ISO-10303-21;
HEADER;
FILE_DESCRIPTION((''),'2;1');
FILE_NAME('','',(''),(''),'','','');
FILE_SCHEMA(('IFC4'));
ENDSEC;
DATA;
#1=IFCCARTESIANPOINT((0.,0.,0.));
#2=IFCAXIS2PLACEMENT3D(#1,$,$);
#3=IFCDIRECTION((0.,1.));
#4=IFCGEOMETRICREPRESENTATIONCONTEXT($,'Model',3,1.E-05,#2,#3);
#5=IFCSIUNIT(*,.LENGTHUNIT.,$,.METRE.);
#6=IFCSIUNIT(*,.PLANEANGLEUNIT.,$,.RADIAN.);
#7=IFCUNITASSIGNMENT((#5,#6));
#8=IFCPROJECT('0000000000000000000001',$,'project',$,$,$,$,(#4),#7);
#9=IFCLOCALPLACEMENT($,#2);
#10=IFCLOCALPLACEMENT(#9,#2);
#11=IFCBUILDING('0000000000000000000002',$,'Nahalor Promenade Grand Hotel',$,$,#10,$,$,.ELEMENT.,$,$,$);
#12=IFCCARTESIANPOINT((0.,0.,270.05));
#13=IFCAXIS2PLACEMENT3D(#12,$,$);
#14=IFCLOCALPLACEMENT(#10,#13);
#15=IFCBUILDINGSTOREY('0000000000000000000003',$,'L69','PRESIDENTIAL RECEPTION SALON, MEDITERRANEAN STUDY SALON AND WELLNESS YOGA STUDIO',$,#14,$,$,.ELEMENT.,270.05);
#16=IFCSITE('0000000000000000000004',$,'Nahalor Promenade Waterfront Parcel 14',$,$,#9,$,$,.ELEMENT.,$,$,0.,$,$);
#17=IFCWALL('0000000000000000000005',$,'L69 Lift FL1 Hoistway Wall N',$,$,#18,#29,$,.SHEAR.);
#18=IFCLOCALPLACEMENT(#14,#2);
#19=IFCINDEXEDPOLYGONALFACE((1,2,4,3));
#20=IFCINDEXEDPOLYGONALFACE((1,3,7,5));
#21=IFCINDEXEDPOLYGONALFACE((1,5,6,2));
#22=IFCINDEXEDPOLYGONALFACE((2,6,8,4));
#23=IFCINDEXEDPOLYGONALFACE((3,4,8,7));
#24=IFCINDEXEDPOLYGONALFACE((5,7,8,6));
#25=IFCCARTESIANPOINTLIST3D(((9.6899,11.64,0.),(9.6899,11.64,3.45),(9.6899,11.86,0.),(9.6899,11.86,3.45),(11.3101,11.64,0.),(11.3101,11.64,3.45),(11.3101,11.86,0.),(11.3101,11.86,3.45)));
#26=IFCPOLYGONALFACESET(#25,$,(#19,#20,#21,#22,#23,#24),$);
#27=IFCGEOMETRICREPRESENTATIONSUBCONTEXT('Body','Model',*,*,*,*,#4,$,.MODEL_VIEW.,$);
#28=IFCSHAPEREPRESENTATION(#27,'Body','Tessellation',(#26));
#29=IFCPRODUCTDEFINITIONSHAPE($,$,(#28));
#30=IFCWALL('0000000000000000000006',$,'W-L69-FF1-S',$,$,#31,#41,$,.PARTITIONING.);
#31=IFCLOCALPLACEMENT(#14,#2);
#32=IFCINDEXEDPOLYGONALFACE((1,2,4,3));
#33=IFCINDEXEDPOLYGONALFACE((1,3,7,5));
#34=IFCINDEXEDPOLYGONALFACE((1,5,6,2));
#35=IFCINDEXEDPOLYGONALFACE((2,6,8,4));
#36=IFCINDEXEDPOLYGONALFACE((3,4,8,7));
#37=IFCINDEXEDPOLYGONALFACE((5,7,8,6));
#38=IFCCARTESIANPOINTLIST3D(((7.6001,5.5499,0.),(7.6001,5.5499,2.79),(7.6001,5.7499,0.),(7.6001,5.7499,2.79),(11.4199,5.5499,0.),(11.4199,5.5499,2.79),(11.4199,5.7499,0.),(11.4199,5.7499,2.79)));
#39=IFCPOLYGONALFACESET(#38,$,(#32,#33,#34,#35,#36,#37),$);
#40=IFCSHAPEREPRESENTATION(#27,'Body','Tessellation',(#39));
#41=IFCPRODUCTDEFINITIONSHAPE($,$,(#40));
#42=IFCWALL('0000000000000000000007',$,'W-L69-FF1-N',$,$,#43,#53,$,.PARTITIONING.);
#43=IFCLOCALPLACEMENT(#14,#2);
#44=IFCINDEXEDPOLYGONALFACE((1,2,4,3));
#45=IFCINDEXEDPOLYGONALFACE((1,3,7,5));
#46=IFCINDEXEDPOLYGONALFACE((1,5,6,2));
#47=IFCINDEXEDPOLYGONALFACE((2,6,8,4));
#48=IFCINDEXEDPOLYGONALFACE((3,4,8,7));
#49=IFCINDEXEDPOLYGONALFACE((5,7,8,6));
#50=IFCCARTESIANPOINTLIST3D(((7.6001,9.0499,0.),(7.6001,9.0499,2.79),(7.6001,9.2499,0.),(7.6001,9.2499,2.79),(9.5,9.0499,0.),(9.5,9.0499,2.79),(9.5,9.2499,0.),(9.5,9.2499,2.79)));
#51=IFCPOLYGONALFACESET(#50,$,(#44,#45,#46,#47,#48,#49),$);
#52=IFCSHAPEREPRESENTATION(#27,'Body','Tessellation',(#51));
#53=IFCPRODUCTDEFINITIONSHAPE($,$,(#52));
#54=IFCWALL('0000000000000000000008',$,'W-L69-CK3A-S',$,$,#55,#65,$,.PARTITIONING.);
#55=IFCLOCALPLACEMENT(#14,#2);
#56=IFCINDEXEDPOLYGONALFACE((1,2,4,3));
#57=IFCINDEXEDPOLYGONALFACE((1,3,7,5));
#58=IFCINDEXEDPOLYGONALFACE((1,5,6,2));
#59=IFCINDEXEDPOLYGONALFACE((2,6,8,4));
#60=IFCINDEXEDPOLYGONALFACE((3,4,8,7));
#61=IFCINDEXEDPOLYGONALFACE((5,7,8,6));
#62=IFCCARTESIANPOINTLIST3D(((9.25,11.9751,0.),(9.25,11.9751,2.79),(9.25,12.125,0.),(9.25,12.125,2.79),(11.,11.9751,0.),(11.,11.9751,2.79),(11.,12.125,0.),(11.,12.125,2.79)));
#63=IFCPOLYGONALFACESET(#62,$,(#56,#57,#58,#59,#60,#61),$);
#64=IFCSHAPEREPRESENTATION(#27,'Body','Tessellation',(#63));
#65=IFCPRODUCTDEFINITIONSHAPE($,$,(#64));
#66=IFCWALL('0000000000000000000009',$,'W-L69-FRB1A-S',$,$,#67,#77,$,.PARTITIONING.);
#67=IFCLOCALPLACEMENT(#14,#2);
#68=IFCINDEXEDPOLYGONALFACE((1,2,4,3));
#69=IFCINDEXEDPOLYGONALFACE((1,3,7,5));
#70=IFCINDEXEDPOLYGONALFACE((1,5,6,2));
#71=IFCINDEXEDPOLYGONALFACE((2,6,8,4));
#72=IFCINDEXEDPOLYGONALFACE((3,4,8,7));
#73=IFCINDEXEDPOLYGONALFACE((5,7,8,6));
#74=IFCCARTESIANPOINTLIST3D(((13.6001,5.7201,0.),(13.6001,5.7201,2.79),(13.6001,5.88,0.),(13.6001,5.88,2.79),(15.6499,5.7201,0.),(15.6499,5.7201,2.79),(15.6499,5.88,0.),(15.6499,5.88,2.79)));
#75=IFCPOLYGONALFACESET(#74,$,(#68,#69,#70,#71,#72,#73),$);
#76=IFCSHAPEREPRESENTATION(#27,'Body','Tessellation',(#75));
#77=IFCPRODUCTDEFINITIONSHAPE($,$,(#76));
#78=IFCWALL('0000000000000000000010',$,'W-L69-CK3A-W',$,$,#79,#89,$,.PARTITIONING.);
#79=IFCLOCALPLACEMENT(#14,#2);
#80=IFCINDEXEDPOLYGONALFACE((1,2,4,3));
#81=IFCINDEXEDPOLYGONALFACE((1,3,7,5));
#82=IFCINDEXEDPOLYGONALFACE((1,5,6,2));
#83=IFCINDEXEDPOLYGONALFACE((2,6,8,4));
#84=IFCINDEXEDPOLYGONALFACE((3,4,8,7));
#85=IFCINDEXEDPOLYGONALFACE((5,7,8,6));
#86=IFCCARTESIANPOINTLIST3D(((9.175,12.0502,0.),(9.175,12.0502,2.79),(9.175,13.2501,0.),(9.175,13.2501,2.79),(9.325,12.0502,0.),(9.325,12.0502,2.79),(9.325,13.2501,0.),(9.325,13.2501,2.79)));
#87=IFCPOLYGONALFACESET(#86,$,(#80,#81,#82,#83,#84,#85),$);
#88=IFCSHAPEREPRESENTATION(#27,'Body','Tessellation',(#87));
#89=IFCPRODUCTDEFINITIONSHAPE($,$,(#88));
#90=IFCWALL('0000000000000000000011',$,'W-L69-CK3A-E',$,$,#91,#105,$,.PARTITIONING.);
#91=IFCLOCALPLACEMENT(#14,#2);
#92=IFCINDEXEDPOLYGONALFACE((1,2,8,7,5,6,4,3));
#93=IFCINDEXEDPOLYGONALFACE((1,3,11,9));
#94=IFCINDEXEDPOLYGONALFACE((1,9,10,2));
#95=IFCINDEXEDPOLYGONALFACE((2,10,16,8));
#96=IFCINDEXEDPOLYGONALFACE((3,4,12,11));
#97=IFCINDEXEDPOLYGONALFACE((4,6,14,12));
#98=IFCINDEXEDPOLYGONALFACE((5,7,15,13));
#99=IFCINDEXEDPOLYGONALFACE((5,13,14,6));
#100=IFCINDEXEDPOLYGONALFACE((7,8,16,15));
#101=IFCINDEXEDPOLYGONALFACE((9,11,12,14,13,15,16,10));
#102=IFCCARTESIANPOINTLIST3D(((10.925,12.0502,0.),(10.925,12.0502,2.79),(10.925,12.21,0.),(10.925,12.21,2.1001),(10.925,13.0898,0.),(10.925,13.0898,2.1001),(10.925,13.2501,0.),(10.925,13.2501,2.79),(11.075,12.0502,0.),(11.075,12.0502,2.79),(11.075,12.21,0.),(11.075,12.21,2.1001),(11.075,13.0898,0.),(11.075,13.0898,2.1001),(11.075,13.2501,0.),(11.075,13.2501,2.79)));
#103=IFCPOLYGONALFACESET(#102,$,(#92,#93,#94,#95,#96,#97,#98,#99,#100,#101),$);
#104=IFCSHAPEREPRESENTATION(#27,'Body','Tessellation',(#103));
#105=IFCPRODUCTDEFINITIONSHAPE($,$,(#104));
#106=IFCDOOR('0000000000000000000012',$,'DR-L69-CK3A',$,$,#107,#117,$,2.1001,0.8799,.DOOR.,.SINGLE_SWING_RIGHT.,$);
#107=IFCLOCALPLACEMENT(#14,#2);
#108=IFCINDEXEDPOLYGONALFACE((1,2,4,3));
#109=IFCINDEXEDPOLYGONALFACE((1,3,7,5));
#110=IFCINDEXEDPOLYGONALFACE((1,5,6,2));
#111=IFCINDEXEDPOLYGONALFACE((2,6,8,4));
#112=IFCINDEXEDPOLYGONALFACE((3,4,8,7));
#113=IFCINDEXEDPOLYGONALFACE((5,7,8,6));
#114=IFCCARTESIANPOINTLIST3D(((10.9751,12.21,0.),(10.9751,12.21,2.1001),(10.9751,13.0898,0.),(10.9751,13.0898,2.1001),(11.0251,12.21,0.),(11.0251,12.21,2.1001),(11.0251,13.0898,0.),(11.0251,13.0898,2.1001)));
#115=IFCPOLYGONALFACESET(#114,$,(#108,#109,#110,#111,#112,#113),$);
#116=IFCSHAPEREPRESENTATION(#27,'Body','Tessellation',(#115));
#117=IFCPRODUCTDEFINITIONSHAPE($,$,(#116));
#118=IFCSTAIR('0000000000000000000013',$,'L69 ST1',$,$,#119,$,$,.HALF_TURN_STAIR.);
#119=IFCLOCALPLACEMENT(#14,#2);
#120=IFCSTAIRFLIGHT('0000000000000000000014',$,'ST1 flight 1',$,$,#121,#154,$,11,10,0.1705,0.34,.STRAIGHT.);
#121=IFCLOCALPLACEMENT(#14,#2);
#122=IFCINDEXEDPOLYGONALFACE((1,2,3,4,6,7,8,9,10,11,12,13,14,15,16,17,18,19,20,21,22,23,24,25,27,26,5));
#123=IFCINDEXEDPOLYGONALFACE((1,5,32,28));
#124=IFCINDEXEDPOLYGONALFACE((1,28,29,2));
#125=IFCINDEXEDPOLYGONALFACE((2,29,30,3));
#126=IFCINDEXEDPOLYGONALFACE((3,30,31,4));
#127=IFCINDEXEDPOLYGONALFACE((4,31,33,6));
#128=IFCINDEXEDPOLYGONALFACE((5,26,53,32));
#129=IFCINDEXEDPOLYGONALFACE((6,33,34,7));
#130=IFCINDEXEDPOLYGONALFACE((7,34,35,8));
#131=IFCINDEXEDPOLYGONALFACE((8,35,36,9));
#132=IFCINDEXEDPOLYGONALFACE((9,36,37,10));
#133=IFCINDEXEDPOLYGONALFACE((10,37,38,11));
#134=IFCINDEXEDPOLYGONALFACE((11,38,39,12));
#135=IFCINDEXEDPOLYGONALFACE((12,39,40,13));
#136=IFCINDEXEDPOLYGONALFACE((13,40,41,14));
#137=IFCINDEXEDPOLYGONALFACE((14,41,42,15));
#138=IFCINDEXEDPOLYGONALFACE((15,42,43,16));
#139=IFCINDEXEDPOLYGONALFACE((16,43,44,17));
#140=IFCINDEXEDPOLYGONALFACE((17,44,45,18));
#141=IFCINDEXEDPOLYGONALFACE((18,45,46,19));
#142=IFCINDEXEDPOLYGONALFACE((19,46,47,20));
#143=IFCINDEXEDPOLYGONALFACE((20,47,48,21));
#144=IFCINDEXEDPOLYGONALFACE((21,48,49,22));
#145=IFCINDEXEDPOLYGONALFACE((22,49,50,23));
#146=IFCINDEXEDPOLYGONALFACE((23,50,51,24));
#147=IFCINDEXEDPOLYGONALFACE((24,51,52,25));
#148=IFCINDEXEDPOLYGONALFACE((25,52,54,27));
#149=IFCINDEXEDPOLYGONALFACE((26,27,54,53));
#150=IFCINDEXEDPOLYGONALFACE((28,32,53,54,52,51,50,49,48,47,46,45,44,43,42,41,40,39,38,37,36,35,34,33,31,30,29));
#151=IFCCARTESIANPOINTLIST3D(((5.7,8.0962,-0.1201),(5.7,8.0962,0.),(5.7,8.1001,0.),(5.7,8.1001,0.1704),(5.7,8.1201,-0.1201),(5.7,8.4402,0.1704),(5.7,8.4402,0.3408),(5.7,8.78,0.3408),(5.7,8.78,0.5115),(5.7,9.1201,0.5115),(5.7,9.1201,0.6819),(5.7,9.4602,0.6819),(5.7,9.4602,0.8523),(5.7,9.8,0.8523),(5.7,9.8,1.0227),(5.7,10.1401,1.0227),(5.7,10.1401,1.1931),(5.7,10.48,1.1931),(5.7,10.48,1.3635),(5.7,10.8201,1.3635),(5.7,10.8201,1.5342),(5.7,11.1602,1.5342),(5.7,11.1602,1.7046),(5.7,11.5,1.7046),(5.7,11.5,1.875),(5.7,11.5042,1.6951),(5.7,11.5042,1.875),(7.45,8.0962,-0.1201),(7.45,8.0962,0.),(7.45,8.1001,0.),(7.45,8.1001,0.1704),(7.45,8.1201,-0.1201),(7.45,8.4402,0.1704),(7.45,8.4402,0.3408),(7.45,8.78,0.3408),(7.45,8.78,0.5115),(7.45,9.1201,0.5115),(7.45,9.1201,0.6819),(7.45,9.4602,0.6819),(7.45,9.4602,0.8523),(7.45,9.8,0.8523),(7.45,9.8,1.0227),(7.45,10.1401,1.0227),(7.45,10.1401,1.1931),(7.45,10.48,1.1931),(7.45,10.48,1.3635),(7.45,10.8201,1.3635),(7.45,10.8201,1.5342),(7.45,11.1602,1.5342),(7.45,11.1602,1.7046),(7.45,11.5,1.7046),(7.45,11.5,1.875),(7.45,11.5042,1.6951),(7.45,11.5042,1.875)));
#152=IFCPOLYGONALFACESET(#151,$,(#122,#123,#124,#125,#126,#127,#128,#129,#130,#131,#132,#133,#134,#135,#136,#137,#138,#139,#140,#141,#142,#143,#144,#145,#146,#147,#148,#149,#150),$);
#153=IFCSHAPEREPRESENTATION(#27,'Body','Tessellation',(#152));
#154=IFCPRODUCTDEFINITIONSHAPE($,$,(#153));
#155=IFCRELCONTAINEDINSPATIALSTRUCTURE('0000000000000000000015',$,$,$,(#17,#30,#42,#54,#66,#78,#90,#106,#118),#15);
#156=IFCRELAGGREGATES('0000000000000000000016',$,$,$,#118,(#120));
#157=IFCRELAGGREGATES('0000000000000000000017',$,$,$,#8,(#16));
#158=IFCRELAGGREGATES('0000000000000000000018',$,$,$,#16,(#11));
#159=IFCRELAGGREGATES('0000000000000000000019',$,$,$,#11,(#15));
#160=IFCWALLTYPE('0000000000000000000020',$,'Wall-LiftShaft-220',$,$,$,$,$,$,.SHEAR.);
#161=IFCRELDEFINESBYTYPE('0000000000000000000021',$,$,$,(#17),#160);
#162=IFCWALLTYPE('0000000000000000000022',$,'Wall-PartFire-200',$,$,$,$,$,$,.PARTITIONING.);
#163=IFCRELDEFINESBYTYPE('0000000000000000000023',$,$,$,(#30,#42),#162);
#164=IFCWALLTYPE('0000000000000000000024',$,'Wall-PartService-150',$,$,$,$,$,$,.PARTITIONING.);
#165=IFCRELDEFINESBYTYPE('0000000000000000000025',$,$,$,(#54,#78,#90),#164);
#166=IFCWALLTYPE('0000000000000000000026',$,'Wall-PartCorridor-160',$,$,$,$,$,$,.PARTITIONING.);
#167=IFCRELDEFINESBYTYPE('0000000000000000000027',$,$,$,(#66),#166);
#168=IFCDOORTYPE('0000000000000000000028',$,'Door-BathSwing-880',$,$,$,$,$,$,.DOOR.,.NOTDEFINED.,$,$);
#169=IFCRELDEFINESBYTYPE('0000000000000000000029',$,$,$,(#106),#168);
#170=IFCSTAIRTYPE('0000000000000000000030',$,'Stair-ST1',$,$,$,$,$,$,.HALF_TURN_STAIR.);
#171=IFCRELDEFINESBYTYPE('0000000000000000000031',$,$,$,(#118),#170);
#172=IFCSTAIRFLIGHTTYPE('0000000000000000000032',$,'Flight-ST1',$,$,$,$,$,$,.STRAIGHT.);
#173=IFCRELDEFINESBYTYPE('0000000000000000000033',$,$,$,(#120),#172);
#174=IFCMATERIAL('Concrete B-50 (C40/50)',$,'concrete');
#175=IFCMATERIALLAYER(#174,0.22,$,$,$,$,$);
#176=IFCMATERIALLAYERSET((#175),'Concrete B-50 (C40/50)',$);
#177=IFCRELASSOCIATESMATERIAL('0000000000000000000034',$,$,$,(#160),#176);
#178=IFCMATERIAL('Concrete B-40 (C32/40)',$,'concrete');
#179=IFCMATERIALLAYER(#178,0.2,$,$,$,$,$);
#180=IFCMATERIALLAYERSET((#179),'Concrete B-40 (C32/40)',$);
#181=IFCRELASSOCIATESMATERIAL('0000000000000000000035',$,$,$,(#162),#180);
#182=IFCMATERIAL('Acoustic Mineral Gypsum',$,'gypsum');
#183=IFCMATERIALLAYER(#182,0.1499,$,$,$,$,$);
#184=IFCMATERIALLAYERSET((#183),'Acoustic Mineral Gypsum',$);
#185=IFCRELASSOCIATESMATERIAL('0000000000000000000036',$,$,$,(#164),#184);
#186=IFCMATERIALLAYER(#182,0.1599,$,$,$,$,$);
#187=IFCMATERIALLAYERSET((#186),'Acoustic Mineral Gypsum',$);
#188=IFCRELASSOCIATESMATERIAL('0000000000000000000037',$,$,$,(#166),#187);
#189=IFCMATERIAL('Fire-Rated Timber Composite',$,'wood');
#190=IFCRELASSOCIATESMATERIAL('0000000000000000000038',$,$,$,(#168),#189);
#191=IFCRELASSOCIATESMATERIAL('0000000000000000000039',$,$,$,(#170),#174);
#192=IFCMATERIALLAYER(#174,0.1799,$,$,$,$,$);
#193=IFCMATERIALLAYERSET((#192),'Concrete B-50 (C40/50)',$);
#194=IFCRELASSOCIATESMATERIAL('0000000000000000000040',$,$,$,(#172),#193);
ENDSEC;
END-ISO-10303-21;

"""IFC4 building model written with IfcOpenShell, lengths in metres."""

from ifc_helpers import new_model, si_unit, direction, frame, frame_2d, origin, place, context, subcontext, project, spatial, polyline, rectangle, outline, extrude, source, transform, mapped, material, layer, layer_set, type_object, element, fill, aggregate, save


model = new_model("IFC4")

# Units and contexts
model_context = context("Model", 3, precision=1e-05, world=origin(), true_north=direction((0.0, 1.0)))
body_context = subcontext(model_context, "Body", "Model", "MODEL_VIEW")
ifc_project = project(units=[si_unit("LENGTHUNIT", "METRE"), si_unit("PLANEANGLEUNIT", "RADIAN")], contexts=[model_context])

# Site, building, storey
site_placement = place(None, origin())
site = spatial("IfcSite", under=ifc_project, at=site_placement, Name="Nahalor Promenade Waterfront Parcel 14", CompositionType="ELEMENT", RefElevation=0.0)
building_placement = place(site_placement, origin())
building = spatial("IfcBuilding", under=site, at=building_placement, Name="Nahalor Promenade Grand Hotel", CompositionType="ELEMENT")
storey_placement = place(building_placement, frame((0.0, 0.0, 270.05)))
storey = spatial("IfcBuildingStorey", under=building, at=storey_placement, Name="L69", Description="PRESIDENTIAL RECEPTION SALON, MEDITERRANEAN STUDY SALON AND WELLNESS YOGA STUDIO", CompositionType="ELEMENT", Elevation=270.05)

# Shared definitions
ifc_material_1 = material(Name="Concrete B-50 (C40/50)", Category="concrete")

# Shared definitions
ifc_layer_1 = layer(ifc_material_1, 0.22)
ifc_layer_set_1 = layer_set([ifc_layer_1], Name="Concrete B-50 (C40/50)")
wall_type_1 = type_object("IfcWallType", Name="Wall-LiftShaft-220", PredefinedType="SHEAR", material=ifc_layer_set_1)

# Shared definitions
shared_shape_1 = source(origin(), body_context, "Body", "SweptSolid", [
    extrude(rectangle(XDim=1.6201, YDim=0.22, at=frame_2d((0.8101, 0.0))), origin(), (0.0, 0.0, 1.0), 3.45),
])

# Walls
wall_1_placement = place(storey_placement, frame((9.6899, 11.75, 0.0), z_axis=(0.0, 0.0, 1.0), x_axis=(1.0, 0.0, 0.0)))
element("IfcWall", 1, at=wall_1_placement, inside=storey, type_object=wall_type_1, Name="L69 Lift FL1 Hoistway Wall N", PredefinedType="SHEAR", context=body_context, shape_type="MappedRepresentation", body=[
    mapped(shared_shape_1, transform((0.0, 0.0, 0.0), scale=1.0)),
])
ifc_material_2 = material(Name="Concrete B-40 (C32/40)", Category="concrete")
ifc_layer_2 = layer(ifc_material_2, 0.2)
ifc_layer_set_2 = layer_set([ifc_layer_2], Name="Concrete B-40 (C32/40)")
wall_type_2 = type_object("IfcWallType", Name="Wall-PartFire-200", PredefinedType="PARTITIONING", material=ifc_layer_set_2)
shared_shape_2 = source(origin(), body_context, "Body", "SweptSolid", [
    extrude(rectangle(XDim=3.8198, YDim=0.2, at=frame_2d((1.9099, 0.0))), origin(), (0.0, 0.0, 1.0), 2.79),
])
wall_2_placement = place(storey_placement, frame((7.6001, 5.6499, 0.0), z_axis=(0.0, 0.0, 1.0), x_axis=(1.0, 0.0, 0.0)))
element("IfcWall", 2, at=wall_2_placement, inside=storey, type_object=wall_type_2, Name="W-L69-FF1-S", PredefinedType="PARTITIONING", context=body_context, shape_type="MappedRepresentation", body=[
    mapped(shared_shape_2, transform((0.0, 0.0, 0.0), scale=1.0)),
])
shared_shape_3 = source(origin(), body_context, "Body", "SweptSolid", [
    extrude(rectangle(XDim=1.8999, YDim=0.2, at=frame_2d((0.95, 0.0))), origin(), (0.0, 0.0, 1.0), 2.79),
])
wall_3_placement = place(storey_placement, frame((7.6001, 9.1499, 0.0), z_axis=(0.0, 0.0, 1.0), x_axis=(1.0, 0.0, 0.0)))
element("IfcWall", 3, at=wall_3_placement, inside=storey, type_object=wall_type_2, Name="W-L69-FF1-N", PredefinedType="PARTITIONING", context=body_context, shape_type="MappedRepresentation", body=[
    mapped(shared_shape_3, transform((0.0, 0.0, 0.0), scale=1.0)),
])

# Walls
ifc_material_3 = material(Name="Acoustic Mineral Gypsum", Category="gypsum")
ifc_layer_3 = layer(ifc_material_3, 0.1499)
ifc_layer_set_3 = layer_set([ifc_layer_3], Name="Acoustic Mineral Gypsum")
wall_type_3 = type_object("IfcWallType", Name="Wall-PartService-150", PredefinedType="PARTITIONING", material=ifc_layer_set_3)
shared_shape_4 = source(origin(), body_context, "Body", "SweptSolid", [
    extrude(rectangle(XDim=1.75, YDim=0.1499, at=frame_2d((0.875, 0.0))), origin(), (0.0, 0.0, 1.0), 2.79),
])
wall_4_placement = place(storey_placement, frame((9.25, 12.05, 0.0), z_axis=(0.0, 0.0, 1.0), x_axis=(1.0, 0.0, 0.0)))
element("IfcWall", 4, at=wall_4_placement, inside=storey, type_object=wall_type_3, Name="W-L69-CK3A-S", PredefinedType="PARTITIONING", context=body_context, shape_type="MappedRepresentation", body=[
    mapped(shared_shape_4, transform((0.0, 0.0, 0.0), scale=1.0)),
])
ifc_layer_4 = layer(ifc_material_3, 0.1599)
ifc_layer_set_4 = layer_set([ifc_layer_4], Name="Acoustic Mineral Gypsum")
wall_type_4 = type_object("IfcWallType", Name="Wall-PartCorridor-160", PredefinedType="PARTITIONING", material=ifc_layer_set_4)
shared_shape_5 = source(origin(), body_context, "Body", "SweptSolid", [
    extrude(rectangle(XDim=2.0498, YDim=0.1599, at=frame_2d((1.0249, 0.0))), origin(), (0.0, 0.0, 1.0), 2.79),
])
wall_5_placement = place(storey_placement, frame((13.6001, 5.8, 0.0), z_axis=(0.0, 0.0, 1.0), x_axis=(1.0, 0.0, 0.0)))
element("IfcWall", 5, at=wall_5_placement, inside=storey, type_object=wall_type_4, Name="W-L69-FRB1A-S", PredefinedType="PARTITIONING", context=body_context, shape_type="MappedRepresentation", body=[
    mapped(shared_shape_5, transform((0.0, 0.0, 0.0), scale=1.0)),
])
shared_shape_6 = source(origin(), body_context, "Body", "SweptSolid", [
    extrude(rectangle(XDim=1.2, YDim=0.1499, at=frame_2d((0.6001, 0.0))), origin(), (0.0, 0.0, 1.0), 2.79),
])
wall_6_placement = place(storey_placement, frame((9.25, 12.05, 0.0), z_axis=(0.0, 0.0, 1.0), x_axis=(0.0, 1.0, 0.0)))
element("IfcWall", 6, at=wall_6_placement, inside=storey, type_object=wall_type_3, Name="W-L69-CK3A-W", PredefinedType="PARTITIONING", context=body_context, shape_type="MappedRepresentation", body=[
    mapped(shared_shape_6, transform((0.0, 0.0, 0.0), scale=1.0)),
])

# Wall, opening, door
wall_7_placement = place(storey_placement, frame((11.0, 12.05, 0.0), z_axis=(0.0, 0.0, 1.0), x_axis=(0.0, 1.0, 0.0)))
wall_7 = element("IfcWall", 7, at=wall_7_placement, inside=storey, type_object=wall_type_3, Name="W-L69-CK3A-E", PredefinedType="PARTITIONING", context=body_context, shape_type="MappedRepresentation", body=[
    mapped(shared_shape_6, transform((0.0, 0.0, 0.0), scale=1.0)),
])
opening_1_placement = place(wall_7_placement, frame((0.1599, 0.0, 0.0)))
opening_1 = element("IfcOpeningElement", 8, at=opening_1_placement, cuts=wall_7, PredefinedType="OPENING", context=body_context, shape_type="SweptSolid", body=[
    extrude(rectangle(XDim=0.8799, YDim=2.1001, at=frame_2d((0.4399, 1.05))), frame((0.0, 0.085, 0.0), z_axis=(0.0, -1.0, 0.0), x_axis=(1.0, 0.0, 0.0)), (0.0, 0.0, 1.0), 0.1699),
])
ifc_material_4 = material(Name="Fire-Rated Timber Composite", Category="wood")
door_type_1 = type_object("IfcDoorType", Name="Door-BathSwing-880", OperationType="NOTDEFINED", PredefinedType="DOOR", material=ifc_material_4)
shared_shape_7 = source(origin(), body_context, "Body", "SweptSolid", [
    extrude(rectangle(XDim=0.8799, YDim=2.1001, at=frame_2d((0.4399, 1.05))), frame((0.0, 0.0249, 0.0), z_axis=(0.0, -1.0, 0.0), x_axis=(1.0, 0.0, 0.0)), (0.0, 0.0, 1.0), 0.05),
])
door_1_placement = place(opening_1_placement, origin())
door_1 = element("IfcDoor", 9, at=door_1_placement, inside=storey, type_object=door_type_1, Name="DR-L69-CK3A", OperationType="SINGLE_SWING_RIGHT", OverallHeight=2.1001, OverallWidth=0.8799, PredefinedType="DOOR", context=body_context, shape_type="MappedRepresentation", body=[
    mapped(shared_shape_7, transform((0.0, 0.0, 0.0), scale=1.0)),
])
fill(opening_1, door_1)

# Stair, stair flight
stair_type = type_object("IfcStairType", Name="Stair-ST1", PredefinedType="HALF_TURN_STAIR", material=ifc_material_1)
stair_placement = place(storey_placement, origin())
stair = element("IfcStair", 10, at=stair_placement, inside=storey, type_object=stair_type, Name="L69 ST1", PredefinedType="HALF_TURN_STAIR")
ifc_layer_5 = layer(ifc_material_1, 0.1799)
ifc_layer_set_5 = layer_set([ifc_layer_5], Name="Concrete B-50 (C40/50)")
stair_flight_type = type_object("IfcStairFlightType", Name="Flight-ST1", PredefinedType="STRAIGHT", material=ifc_layer_set_5)
shared_shape_8 = source(origin(), body_context, "Body", "SweptSolid", [
    extrude(outline(polyline([(-0.0039, -0.1201), (-0.0039, 0.0), (0.0, 0.0), (0.0, 0.1704), (0.3401, 0.1704), (0.3401, 0.3408), (0.6799, 0.3408), (0.6799, 0.5115), (1.02, 0.5115), (1.02, 0.6819), (1.3601, 0.6819), (1.3601, 0.8523), (1.7, 0.8523), (1.7, 1.0227), (2.04, 1.0227), (2.04, 1.1931), (2.3799, 1.1931), (2.3799, 1.3635), (2.72, 1.3635), (2.72, 1.5342), (3.0601, 1.5342), (3.0601, 1.7046), (3.3999, 1.7046), (3.3999, 1.875), (3.4041, 1.875), (3.4041, 1.6951), (0.02, -0.1201), (-0.0039, -0.1201)])), frame((0.0, 0.875, 0.0), z_axis=(0.0, -1.0, 0.0), x_axis=(1.0, 0.0, 0.0)), (0.0, 0.0, 1.0), 1.75),
])
stair_flight_1_placement = place(storey_placement, frame((6.575, 8.1001, 0.0), z_axis=(0.0, 0.0, 1.0), x_axis=(0.0, 1.0, 0.0)))
stair_flight_1 = element("IfcStairFlight", 11, at=stair_flight_1_placement, type_object=stair_flight_type, Name="ST1 flight 1", NumberOfRisers=11, NumberOfTreads=10, PredefinedType="STRAIGHT", RiserHeight=0.1705, TreadLength=0.34, context=body_context, shape_type="MappedRepresentation", body=[
    mapped(shared_shape_8, transform((0.0, 0.0, 0.0), scale=1.0)),
])
aggregate(stair, [stair_flight_1])

save(model, "model.ifc")
